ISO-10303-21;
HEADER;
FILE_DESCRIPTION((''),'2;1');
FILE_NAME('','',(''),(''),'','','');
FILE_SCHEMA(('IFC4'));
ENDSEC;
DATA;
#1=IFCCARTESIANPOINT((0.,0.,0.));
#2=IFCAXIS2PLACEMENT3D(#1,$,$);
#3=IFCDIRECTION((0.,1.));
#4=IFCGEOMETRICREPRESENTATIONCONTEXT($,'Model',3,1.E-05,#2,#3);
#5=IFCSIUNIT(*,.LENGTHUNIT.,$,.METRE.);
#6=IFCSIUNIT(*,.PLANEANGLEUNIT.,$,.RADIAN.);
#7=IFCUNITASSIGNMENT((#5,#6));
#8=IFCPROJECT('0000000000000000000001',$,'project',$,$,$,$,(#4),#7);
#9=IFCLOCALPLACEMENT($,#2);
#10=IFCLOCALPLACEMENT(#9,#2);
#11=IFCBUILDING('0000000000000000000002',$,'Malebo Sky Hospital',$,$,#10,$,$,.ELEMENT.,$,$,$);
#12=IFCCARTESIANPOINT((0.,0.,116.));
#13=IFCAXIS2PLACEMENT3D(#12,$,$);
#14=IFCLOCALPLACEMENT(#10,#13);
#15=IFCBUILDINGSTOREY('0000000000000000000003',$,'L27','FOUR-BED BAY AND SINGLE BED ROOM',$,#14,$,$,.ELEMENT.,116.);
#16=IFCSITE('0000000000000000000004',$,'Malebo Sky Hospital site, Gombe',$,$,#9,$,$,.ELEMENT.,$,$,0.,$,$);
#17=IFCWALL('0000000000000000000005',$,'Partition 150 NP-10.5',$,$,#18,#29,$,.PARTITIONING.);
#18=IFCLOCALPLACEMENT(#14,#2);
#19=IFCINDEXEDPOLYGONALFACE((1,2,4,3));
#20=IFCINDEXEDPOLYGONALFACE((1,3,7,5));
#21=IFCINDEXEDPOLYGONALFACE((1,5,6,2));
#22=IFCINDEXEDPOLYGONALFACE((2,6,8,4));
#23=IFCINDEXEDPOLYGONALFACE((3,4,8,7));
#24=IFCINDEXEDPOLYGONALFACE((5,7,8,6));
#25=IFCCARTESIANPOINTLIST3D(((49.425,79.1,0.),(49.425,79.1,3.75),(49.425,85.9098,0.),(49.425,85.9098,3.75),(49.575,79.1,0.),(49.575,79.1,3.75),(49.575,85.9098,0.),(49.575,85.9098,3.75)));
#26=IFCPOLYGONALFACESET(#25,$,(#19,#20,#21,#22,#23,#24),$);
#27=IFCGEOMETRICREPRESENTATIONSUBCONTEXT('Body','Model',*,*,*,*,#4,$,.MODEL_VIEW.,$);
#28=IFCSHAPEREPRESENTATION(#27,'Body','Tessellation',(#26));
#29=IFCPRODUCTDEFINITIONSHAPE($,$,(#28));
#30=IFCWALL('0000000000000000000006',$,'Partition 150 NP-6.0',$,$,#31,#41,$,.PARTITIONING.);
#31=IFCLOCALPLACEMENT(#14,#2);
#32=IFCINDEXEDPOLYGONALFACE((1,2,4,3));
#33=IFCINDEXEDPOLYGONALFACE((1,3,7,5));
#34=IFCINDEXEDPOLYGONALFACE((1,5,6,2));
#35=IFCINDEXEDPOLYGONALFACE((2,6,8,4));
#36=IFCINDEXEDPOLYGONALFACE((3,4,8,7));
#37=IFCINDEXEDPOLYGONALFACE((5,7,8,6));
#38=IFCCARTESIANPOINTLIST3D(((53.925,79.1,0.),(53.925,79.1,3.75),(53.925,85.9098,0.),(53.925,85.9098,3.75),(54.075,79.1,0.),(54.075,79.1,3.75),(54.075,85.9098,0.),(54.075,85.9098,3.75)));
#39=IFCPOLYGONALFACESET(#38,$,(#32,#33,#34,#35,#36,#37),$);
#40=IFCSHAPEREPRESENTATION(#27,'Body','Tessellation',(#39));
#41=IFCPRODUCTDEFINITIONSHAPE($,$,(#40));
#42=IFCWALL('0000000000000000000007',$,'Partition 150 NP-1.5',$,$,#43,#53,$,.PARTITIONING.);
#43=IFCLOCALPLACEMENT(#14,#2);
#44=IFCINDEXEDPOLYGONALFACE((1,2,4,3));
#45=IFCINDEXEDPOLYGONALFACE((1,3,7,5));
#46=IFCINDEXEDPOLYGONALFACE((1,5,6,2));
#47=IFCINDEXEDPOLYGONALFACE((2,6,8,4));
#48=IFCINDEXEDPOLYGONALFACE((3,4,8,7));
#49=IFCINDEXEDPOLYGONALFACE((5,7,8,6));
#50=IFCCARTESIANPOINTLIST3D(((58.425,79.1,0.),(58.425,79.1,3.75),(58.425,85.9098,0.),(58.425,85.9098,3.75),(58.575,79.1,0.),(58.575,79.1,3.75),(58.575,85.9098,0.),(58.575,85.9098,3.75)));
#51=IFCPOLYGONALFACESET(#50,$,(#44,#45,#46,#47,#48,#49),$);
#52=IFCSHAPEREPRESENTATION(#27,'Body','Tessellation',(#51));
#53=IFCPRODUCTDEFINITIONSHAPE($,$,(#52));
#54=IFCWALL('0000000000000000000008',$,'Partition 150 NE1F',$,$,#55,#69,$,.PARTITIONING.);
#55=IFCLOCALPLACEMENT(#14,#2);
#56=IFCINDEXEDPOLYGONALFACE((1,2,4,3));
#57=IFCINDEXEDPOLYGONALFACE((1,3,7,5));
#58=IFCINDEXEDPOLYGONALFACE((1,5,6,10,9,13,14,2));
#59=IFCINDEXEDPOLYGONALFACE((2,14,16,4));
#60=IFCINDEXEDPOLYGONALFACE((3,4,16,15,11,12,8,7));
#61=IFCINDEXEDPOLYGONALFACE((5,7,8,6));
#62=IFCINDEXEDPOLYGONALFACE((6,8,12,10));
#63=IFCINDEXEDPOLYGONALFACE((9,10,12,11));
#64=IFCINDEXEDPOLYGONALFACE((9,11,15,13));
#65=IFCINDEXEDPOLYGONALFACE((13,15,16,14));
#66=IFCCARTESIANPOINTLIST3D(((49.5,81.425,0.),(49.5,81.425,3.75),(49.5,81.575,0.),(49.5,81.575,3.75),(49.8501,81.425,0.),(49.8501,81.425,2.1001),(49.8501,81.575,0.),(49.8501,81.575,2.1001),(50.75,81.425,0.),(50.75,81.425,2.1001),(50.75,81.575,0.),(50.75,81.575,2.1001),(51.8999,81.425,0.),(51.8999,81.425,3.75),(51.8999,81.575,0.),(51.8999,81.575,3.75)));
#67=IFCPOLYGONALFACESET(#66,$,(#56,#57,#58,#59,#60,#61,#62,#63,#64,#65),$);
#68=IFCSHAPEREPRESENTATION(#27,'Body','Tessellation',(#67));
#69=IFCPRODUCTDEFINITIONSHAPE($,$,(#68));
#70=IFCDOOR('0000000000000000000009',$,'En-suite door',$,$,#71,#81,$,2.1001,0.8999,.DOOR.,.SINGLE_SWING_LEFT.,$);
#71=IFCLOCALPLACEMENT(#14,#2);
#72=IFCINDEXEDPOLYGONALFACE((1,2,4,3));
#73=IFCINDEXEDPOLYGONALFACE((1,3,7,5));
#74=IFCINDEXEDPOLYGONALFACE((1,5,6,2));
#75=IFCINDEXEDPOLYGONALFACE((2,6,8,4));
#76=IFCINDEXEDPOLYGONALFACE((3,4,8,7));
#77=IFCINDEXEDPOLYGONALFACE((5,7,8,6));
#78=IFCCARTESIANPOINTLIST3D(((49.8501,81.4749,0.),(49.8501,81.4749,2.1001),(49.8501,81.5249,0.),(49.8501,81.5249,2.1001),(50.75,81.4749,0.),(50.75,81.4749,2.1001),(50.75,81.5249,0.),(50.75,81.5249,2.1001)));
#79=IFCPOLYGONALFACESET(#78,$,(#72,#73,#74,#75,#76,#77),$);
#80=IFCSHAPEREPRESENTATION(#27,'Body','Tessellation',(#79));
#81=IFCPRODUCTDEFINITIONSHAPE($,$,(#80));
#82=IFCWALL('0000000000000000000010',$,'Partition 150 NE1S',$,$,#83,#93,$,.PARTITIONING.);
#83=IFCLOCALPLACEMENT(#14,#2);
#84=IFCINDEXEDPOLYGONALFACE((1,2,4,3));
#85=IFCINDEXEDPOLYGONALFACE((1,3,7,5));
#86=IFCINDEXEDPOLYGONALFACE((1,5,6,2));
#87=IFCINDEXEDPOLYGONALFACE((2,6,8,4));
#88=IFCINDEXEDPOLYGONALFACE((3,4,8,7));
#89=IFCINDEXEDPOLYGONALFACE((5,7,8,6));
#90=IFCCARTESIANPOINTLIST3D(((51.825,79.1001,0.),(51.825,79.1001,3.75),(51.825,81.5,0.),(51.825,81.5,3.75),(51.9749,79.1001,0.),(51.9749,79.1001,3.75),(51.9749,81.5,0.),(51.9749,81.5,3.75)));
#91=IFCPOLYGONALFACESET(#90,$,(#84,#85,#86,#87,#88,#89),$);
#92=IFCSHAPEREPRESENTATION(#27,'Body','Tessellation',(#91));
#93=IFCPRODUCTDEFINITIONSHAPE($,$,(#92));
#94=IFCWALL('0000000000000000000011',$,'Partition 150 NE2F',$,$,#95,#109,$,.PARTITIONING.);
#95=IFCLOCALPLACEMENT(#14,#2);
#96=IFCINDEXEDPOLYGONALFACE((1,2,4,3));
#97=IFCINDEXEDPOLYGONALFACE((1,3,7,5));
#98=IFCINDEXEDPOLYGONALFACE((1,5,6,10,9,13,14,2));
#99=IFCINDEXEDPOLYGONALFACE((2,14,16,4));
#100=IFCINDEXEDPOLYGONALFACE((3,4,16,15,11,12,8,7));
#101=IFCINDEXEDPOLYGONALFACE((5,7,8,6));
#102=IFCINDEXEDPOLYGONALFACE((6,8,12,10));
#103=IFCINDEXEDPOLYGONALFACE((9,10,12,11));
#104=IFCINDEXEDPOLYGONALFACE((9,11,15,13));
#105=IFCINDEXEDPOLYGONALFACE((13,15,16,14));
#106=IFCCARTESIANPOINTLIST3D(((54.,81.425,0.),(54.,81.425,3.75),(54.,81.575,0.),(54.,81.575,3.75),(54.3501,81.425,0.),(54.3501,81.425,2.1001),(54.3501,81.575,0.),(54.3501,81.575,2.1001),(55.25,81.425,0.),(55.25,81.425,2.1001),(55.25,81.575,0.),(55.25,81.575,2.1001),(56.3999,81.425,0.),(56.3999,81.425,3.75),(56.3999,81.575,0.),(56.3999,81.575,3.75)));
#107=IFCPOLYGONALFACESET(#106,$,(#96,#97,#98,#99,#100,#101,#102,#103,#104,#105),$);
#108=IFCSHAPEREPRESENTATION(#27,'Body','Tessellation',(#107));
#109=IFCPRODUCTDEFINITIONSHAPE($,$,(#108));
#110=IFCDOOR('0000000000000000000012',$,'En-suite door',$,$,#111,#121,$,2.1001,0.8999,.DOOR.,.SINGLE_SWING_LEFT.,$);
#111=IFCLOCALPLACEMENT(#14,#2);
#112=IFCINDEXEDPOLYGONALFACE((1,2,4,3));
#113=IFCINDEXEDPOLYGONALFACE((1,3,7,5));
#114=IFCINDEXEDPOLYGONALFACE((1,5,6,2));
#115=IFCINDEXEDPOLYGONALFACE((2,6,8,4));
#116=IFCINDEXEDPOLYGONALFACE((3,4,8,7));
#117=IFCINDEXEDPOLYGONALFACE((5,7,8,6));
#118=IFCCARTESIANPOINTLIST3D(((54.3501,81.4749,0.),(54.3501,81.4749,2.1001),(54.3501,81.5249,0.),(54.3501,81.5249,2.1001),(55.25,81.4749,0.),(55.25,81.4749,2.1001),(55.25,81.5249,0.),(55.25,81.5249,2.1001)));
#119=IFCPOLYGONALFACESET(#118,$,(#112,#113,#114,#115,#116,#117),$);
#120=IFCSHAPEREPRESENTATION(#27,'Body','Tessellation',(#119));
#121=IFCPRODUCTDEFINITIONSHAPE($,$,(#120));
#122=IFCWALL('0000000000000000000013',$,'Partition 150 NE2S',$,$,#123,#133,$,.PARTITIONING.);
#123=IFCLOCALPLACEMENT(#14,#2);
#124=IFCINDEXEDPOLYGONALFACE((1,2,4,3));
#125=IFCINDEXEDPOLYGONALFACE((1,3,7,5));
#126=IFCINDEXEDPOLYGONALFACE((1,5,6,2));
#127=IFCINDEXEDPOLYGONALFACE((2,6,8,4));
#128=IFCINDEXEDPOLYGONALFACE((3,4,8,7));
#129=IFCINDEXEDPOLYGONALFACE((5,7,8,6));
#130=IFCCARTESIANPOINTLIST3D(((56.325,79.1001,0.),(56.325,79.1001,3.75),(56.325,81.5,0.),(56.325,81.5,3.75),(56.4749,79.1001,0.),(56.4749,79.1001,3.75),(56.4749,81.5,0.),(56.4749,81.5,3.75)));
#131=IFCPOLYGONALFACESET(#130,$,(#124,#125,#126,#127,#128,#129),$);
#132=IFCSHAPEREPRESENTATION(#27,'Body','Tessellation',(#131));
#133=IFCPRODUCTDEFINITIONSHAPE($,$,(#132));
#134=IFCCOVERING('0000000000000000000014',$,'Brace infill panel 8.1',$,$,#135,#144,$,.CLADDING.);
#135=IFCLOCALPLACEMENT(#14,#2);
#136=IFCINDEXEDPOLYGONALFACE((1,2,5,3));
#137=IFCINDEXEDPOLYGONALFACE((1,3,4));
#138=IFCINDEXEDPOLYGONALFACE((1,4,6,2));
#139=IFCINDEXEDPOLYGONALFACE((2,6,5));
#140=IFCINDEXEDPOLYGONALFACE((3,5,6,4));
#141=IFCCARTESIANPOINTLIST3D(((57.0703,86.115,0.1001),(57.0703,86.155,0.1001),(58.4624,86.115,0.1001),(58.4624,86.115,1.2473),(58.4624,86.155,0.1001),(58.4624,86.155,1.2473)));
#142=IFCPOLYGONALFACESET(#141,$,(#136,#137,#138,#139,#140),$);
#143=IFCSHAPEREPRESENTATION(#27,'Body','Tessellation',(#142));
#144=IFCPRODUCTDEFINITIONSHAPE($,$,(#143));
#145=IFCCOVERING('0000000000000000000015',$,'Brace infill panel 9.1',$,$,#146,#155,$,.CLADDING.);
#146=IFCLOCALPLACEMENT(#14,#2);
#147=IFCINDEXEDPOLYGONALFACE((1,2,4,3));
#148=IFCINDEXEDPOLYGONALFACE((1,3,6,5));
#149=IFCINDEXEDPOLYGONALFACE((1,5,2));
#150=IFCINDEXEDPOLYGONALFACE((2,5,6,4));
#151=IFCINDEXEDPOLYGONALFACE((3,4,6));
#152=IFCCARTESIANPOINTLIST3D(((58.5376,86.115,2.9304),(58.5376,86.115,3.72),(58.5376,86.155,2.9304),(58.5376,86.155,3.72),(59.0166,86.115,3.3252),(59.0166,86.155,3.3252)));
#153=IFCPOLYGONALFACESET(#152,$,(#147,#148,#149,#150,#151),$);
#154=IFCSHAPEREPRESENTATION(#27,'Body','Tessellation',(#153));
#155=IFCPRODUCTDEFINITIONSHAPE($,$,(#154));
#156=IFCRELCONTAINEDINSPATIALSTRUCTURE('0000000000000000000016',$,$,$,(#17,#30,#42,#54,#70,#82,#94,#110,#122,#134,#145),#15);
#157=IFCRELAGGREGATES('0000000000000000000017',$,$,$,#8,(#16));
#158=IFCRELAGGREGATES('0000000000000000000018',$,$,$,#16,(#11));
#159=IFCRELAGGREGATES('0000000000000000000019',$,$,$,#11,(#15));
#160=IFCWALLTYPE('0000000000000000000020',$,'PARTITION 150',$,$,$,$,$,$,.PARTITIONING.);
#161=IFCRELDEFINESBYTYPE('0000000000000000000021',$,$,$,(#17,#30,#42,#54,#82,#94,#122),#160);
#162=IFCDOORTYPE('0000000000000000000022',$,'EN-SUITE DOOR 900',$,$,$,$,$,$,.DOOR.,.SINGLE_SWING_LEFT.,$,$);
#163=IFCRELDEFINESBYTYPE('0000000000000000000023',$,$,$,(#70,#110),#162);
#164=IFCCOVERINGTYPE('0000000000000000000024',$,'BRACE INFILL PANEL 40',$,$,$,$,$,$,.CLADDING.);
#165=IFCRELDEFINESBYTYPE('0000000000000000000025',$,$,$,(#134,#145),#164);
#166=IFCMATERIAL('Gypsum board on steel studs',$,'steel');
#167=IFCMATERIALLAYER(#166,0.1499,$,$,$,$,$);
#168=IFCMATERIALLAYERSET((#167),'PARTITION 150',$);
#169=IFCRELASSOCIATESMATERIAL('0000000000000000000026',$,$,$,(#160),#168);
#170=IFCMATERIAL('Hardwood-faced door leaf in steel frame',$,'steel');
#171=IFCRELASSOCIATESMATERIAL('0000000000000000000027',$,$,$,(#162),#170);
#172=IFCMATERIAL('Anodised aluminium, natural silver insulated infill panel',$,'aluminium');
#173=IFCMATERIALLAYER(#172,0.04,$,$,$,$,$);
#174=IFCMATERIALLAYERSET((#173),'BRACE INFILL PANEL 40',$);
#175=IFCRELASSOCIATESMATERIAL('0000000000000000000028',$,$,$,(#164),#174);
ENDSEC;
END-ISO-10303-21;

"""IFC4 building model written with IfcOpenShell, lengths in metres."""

from ifc_helpers import new_model, si_unit, direction, frame, frame_2d, origin, place, context, subcontext, project, spatial, polyline, rectangle, outline, extrude, material, layer, layer_set, type_object, element, fill, save


model = new_model("IFC4")

# Units and contexts
model_context = context("Model", 3, precision=1e-05, world=origin(), true_north=direction((0.0, 1.0)))
body_context = subcontext(model_context, "Body", "Model", "MODEL_VIEW")
ifc_project = project(units=[si_unit("LENGTHUNIT", "METRE"), si_unit("PLANEANGLEUNIT", "RADIAN")], contexts=[model_context])

# Site, building, storey
site_placement = place(None, origin())
site = spatial("IfcSite", under=ifc_project, at=site_placement, Name="Malebo Sky Hospital site, Gombe", CompositionType="ELEMENT", RefElevation=0.0)
building_placement = place(site_placement, origin())
building = spatial("IfcBuilding", under=site, at=building_placement, Name="Malebo Sky Hospital", CompositionType="ELEMENT")
storey_placement = place(building_placement, frame((0.0, 0.0, 116.0)))
storey = spatial("IfcBuildingStorey", under=building, at=storey_placement, Name="L27", Description="FOUR-BED BAY AND SINGLE BED ROOM", CompositionType="ELEMENT", Elevation=116.0)

# Walls
ifc_material_1 = material(Name="Gypsum board on steel studs", Category="steel")
ifc_layer_1 = layer(ifc_material_1, 0.1499)
ifc_layer_set_1 = layer_set([ifc_layer_1], Name="PARTITION 150")
wall_type = type_object("IfcWallType", Name="PARTITION 150", PredefinedType="PARTITIONING", material=ifc_layer_set_1)
for number, where, z_axis, x_axis, name in (
    (1, (49.5, 79.1001, 0.0), (0.0, 0.0, 1.0), (0.0, 1.0, 0.0), "Partition 150 NP-10.5"),
    (2, (54.0, 79.1001, 0.0), (0.0, 0.0, 1.0), (0.0, 1.0, 0.0), "Partition 150 NP-6.0"),
    (3, (58.5, 79.1001, 0.0), (0.0, 0.0, 1.0), (0.0, 1.0, 0.0), "Partition 150 NP-1.5"),
):
    element("IfcWall", number, at=place(storey_placement, frame(where, z_axis=z_axis, x_axis=x_axis)), inside=storey, type_object=wall_type, Name=name, PredefinedType="PARTITIONING", context=body_context, shape_type="SweptSolid", body=[
        extrude(rectangle(XDim=6.8098, YDim=0.1499, at=frame_2d((3.4048, 0.0))), origin(), (0.0, 0.0, 1.0), 3.75),
    ])

# Wall, opening, door
wall_1_placement = place(storey_placement, frame((49.5, 81.5, 0.0), z_axis=(0.0, 0.0, 1.0), x_axis=(1.0, 0.0, 0.0)))
wall_1 = element("IfcWall", 4, at=wall_1_placement, inside=storey, type_object=wall_type, Name="Partition 150 NE1F", PredefinedType="PARTITIONING", context=body_context, shape_type="SweptSolid", body=[
    extrude(rectangle(XDim=2.3999, YDim=0.1499, at=frame_2d((1.2, 0.0))), origin(), (0.0, 0.0, 1.0), 3.75),
])
opening_1_placement = place(wall_1_placement, frame((0.3501, 0.0, 0.0)))
opening_1 = element("IfcOpeningElement", 5, at=opening_1_placement, cuts=wall_1, PredefinedType="OPENING", context=body_context, shape_type="SweptSolid", body=[
    extrude(rectangle(XDim=0.8999, YDim=2.1001, at=frame_2d((0.45, 1.05))), frame((0.0, 0.085, 0.0), z_axis=(0.0, -1.0, 0.0), x_axis=(1.0, 0.0, 0.0)), (0.0, 0.0, 1.0), 0.1699),
])
ifc_material_2 = material(Name="Hardwood-faced door leaf in steel frame", Category="steel")
door_type = type_object("IfcDoorType", Name="EN-SUITE DOOR 900", OperationType="SINGLE_SWING_LEFT", PredefinedType="DOOR", material=ifc_material_2)
door_1_placement = place(opening_1_placement, origin())
door_1 = element("IfcDoor", 6, at=door_1_placement, inside=storey, type_object=door_type, Name="En-suite door", OperationType="SINGLE_SWING_LEFT", OverallHeight=2.1001, OverallWidth=0.8999, PredefinedType="DOOR", context=body_context, shape_type="SweptSolid", body=[
    extrude(rectangle(XDim=0.8999, YDim=2.1001, at=frame_2d((0.45, 1.05))), frame((0.0, 0.0249, 0.0), z_axis=(0.0, -1.0, 0.0), x_axis=(1.0, 0.0, 0.0)), (0.0, 0.0, 1.0), 0.05),
])
fill(opening_1, door_1)

# Wall
wall_2_placement = place(storey_placement, frame((51.8999, 79.1001, 0.0), z_axis=(0.0, 0.0, 1.0), x_axis=(0.0, 1.0, 0.0)))
element("IfcWall", 7, at=wall_2_placement, inside=storey, type_object=wall_type, Name="Partition 150 NE1S", PredefinedType="PARTITIONING", context=body_context, shape_type="SweptSolid", body=[
    extrude(rectangle(XDim=2.3999, YDim=0.1499, at=frame_2d((1.2, 0.0))), origin(), (0.0, 0.0, 1.0), 3.75),
])

# Wall, opening, door
wall_3_placement = place(storey_placement, frame((54.0, 81.5, 0.0), z_axis=(0.0, 0.0, 1.0), x_axis=(1.0, 0.0, 0.0)))
wall_3 = element("IfcWall", 8, at=wall_3_placement, inside=storey, type_object=wall_type, Name="Partition 150 NE2F", PredefinedType="PARTITIONING", context=body_context, shape_type="SweptSolid", body=[
    extrude(rectangle(XDim=2.3999, YDim=0.1499, at=frame_2d((1.2, 0.0))), origin(), (0.0, 0.0, 1.0), 3.75),
])
opening_2_placement = place(wall_3_placement, frame((0.3501, 0.0, 0.0)))
opening_2 = element("IfcOpeningElement", 9, at=opening_2_placement, cuts=wall_3, PredefinedType="OPENING", context=body_context, shape_type="SweptSolid", body=[
    extrude(rectangle(XDim=0.8999, YDim=2.1001, at=frame_2d((0.45, 1.05))), frame((0.0, 0.085, 0.0), z_axis=(0.0, -1.0, 0.0), x_axis=(1.0, 0.0, 0.0)), (0.0, 0.0, 1.0), 0.1699),
])
door_2_placement = place(opening_2_placement, origin())
door_2 = element("IfcDoor", 10, at=door_2_placement, inside=storey, type_object=door_type, Name="En-suite door", OperationType="SINGLE_SWING_LEFT", OverallHeight=2.1001, OverallWidth=0.8999, PredefinedType="DOOR", context=body_context, shape_type="SweptSolid", body=[
    extrude(rectangle(XDim=0.8999, YDim=2.1001, at=frame_2d((0.45, 1.05))), frame((0.0, 0.0249, 0.0), z_axis=(0.0, -1.0, 0.0), x_axis=(1.0, 0.0, 0.0)), (0.0, 0.0, 1.0), 0.05),
])
fill(opening_2, door_2)

# Wall
wall_4_placement = place(storey_placement, frame((56.3999, 79.1001, 0.0), z_axis=(0.0, 0.0, 1.0), x_axis=(0.0, 1.0, 0.0)))
element("IfcWall", 11, at=wall_4_placement, inside=storey, type_object=wall_type, Name="Partition 150 NE2S", PredefinedType="PARTITIONING", context=body_context, shape_type="SweptSolid", body=[
    extrude(rectangle(XDim=2.3999, YDim=0.1499, at=frame_2d((1.2, 0.0))), origin(), (0.0, 0.0, 1.0), 3.75),
])

# Coverings
ifc_material_3 = material(Name="Anodised aluminium, natural silver insulated infill panel", Category="aluminium")
ifc_layer_2 = layer(ifc_material_3, 0.04)
ifc_layer_set_2 = layer_set([ifc_layer_2], Name="BRACE INFILL PANEL 40")
covering_type = type_object("IfcCoveringType", Name="BRACE INFILL PANEL 40", PredefinedType="CLADDING", material=ifc_layer_set_2)
covering_1_placement = place(storey_placement, frame((57.7664, 86.135, 0.1001), z_axis=(0.0, 0.0, 1.0), x_axis=(1.0, 0.0, 0.0)))
element("IfcCovering", 12, at=covering_1_placement, inside=storey, type_object=covering_type, Name="Brace infill panel 8.1", PredefinedType="CLADDING", context=body_context, shape_type="SweptSolid", body=[
    extrude(outline(polyline([(-0.696, 0.0), (0.696, 0.0), (0.696, 1.1472), (-0.696, 0.0)])), frame((0.0, 0.02, 0.0), z_axis=(0.0, -1.0, 0.0), x_axis=(1.0, 0.0, 0.0)), (0.0, 0.0, 1.0), 0.04),
])
covering_2_placement = place(storey_placement, frame((58.7771, 86.135, 2.9304), z_axis=(0.0, 0.0, 1.0), x_axis=(1.0, 0.0, 0.0)))
element("IfcCovering", 13, at=covering_2_placement, inside=storey, type_object=covering_type, Name="Brace infill panel 9.1", PredefinedType="CLADDING", context=body_context, shape_type="SweptSolid", body=[
    extrude(outline(polyline([(-0.2395, 0.0), (0.2395, 0.3948), (-0.2395, 0.7896), (-0.2395, 0.0)])), frame((0.0, 0.02, 0.0), z_axis=(0.0, -1.0, 0.0), x_axis=(1.0, 0.0, 0.0)), (0.0, 0.0, 1.0), 0.04),
])

save(model, "model.ifc")
